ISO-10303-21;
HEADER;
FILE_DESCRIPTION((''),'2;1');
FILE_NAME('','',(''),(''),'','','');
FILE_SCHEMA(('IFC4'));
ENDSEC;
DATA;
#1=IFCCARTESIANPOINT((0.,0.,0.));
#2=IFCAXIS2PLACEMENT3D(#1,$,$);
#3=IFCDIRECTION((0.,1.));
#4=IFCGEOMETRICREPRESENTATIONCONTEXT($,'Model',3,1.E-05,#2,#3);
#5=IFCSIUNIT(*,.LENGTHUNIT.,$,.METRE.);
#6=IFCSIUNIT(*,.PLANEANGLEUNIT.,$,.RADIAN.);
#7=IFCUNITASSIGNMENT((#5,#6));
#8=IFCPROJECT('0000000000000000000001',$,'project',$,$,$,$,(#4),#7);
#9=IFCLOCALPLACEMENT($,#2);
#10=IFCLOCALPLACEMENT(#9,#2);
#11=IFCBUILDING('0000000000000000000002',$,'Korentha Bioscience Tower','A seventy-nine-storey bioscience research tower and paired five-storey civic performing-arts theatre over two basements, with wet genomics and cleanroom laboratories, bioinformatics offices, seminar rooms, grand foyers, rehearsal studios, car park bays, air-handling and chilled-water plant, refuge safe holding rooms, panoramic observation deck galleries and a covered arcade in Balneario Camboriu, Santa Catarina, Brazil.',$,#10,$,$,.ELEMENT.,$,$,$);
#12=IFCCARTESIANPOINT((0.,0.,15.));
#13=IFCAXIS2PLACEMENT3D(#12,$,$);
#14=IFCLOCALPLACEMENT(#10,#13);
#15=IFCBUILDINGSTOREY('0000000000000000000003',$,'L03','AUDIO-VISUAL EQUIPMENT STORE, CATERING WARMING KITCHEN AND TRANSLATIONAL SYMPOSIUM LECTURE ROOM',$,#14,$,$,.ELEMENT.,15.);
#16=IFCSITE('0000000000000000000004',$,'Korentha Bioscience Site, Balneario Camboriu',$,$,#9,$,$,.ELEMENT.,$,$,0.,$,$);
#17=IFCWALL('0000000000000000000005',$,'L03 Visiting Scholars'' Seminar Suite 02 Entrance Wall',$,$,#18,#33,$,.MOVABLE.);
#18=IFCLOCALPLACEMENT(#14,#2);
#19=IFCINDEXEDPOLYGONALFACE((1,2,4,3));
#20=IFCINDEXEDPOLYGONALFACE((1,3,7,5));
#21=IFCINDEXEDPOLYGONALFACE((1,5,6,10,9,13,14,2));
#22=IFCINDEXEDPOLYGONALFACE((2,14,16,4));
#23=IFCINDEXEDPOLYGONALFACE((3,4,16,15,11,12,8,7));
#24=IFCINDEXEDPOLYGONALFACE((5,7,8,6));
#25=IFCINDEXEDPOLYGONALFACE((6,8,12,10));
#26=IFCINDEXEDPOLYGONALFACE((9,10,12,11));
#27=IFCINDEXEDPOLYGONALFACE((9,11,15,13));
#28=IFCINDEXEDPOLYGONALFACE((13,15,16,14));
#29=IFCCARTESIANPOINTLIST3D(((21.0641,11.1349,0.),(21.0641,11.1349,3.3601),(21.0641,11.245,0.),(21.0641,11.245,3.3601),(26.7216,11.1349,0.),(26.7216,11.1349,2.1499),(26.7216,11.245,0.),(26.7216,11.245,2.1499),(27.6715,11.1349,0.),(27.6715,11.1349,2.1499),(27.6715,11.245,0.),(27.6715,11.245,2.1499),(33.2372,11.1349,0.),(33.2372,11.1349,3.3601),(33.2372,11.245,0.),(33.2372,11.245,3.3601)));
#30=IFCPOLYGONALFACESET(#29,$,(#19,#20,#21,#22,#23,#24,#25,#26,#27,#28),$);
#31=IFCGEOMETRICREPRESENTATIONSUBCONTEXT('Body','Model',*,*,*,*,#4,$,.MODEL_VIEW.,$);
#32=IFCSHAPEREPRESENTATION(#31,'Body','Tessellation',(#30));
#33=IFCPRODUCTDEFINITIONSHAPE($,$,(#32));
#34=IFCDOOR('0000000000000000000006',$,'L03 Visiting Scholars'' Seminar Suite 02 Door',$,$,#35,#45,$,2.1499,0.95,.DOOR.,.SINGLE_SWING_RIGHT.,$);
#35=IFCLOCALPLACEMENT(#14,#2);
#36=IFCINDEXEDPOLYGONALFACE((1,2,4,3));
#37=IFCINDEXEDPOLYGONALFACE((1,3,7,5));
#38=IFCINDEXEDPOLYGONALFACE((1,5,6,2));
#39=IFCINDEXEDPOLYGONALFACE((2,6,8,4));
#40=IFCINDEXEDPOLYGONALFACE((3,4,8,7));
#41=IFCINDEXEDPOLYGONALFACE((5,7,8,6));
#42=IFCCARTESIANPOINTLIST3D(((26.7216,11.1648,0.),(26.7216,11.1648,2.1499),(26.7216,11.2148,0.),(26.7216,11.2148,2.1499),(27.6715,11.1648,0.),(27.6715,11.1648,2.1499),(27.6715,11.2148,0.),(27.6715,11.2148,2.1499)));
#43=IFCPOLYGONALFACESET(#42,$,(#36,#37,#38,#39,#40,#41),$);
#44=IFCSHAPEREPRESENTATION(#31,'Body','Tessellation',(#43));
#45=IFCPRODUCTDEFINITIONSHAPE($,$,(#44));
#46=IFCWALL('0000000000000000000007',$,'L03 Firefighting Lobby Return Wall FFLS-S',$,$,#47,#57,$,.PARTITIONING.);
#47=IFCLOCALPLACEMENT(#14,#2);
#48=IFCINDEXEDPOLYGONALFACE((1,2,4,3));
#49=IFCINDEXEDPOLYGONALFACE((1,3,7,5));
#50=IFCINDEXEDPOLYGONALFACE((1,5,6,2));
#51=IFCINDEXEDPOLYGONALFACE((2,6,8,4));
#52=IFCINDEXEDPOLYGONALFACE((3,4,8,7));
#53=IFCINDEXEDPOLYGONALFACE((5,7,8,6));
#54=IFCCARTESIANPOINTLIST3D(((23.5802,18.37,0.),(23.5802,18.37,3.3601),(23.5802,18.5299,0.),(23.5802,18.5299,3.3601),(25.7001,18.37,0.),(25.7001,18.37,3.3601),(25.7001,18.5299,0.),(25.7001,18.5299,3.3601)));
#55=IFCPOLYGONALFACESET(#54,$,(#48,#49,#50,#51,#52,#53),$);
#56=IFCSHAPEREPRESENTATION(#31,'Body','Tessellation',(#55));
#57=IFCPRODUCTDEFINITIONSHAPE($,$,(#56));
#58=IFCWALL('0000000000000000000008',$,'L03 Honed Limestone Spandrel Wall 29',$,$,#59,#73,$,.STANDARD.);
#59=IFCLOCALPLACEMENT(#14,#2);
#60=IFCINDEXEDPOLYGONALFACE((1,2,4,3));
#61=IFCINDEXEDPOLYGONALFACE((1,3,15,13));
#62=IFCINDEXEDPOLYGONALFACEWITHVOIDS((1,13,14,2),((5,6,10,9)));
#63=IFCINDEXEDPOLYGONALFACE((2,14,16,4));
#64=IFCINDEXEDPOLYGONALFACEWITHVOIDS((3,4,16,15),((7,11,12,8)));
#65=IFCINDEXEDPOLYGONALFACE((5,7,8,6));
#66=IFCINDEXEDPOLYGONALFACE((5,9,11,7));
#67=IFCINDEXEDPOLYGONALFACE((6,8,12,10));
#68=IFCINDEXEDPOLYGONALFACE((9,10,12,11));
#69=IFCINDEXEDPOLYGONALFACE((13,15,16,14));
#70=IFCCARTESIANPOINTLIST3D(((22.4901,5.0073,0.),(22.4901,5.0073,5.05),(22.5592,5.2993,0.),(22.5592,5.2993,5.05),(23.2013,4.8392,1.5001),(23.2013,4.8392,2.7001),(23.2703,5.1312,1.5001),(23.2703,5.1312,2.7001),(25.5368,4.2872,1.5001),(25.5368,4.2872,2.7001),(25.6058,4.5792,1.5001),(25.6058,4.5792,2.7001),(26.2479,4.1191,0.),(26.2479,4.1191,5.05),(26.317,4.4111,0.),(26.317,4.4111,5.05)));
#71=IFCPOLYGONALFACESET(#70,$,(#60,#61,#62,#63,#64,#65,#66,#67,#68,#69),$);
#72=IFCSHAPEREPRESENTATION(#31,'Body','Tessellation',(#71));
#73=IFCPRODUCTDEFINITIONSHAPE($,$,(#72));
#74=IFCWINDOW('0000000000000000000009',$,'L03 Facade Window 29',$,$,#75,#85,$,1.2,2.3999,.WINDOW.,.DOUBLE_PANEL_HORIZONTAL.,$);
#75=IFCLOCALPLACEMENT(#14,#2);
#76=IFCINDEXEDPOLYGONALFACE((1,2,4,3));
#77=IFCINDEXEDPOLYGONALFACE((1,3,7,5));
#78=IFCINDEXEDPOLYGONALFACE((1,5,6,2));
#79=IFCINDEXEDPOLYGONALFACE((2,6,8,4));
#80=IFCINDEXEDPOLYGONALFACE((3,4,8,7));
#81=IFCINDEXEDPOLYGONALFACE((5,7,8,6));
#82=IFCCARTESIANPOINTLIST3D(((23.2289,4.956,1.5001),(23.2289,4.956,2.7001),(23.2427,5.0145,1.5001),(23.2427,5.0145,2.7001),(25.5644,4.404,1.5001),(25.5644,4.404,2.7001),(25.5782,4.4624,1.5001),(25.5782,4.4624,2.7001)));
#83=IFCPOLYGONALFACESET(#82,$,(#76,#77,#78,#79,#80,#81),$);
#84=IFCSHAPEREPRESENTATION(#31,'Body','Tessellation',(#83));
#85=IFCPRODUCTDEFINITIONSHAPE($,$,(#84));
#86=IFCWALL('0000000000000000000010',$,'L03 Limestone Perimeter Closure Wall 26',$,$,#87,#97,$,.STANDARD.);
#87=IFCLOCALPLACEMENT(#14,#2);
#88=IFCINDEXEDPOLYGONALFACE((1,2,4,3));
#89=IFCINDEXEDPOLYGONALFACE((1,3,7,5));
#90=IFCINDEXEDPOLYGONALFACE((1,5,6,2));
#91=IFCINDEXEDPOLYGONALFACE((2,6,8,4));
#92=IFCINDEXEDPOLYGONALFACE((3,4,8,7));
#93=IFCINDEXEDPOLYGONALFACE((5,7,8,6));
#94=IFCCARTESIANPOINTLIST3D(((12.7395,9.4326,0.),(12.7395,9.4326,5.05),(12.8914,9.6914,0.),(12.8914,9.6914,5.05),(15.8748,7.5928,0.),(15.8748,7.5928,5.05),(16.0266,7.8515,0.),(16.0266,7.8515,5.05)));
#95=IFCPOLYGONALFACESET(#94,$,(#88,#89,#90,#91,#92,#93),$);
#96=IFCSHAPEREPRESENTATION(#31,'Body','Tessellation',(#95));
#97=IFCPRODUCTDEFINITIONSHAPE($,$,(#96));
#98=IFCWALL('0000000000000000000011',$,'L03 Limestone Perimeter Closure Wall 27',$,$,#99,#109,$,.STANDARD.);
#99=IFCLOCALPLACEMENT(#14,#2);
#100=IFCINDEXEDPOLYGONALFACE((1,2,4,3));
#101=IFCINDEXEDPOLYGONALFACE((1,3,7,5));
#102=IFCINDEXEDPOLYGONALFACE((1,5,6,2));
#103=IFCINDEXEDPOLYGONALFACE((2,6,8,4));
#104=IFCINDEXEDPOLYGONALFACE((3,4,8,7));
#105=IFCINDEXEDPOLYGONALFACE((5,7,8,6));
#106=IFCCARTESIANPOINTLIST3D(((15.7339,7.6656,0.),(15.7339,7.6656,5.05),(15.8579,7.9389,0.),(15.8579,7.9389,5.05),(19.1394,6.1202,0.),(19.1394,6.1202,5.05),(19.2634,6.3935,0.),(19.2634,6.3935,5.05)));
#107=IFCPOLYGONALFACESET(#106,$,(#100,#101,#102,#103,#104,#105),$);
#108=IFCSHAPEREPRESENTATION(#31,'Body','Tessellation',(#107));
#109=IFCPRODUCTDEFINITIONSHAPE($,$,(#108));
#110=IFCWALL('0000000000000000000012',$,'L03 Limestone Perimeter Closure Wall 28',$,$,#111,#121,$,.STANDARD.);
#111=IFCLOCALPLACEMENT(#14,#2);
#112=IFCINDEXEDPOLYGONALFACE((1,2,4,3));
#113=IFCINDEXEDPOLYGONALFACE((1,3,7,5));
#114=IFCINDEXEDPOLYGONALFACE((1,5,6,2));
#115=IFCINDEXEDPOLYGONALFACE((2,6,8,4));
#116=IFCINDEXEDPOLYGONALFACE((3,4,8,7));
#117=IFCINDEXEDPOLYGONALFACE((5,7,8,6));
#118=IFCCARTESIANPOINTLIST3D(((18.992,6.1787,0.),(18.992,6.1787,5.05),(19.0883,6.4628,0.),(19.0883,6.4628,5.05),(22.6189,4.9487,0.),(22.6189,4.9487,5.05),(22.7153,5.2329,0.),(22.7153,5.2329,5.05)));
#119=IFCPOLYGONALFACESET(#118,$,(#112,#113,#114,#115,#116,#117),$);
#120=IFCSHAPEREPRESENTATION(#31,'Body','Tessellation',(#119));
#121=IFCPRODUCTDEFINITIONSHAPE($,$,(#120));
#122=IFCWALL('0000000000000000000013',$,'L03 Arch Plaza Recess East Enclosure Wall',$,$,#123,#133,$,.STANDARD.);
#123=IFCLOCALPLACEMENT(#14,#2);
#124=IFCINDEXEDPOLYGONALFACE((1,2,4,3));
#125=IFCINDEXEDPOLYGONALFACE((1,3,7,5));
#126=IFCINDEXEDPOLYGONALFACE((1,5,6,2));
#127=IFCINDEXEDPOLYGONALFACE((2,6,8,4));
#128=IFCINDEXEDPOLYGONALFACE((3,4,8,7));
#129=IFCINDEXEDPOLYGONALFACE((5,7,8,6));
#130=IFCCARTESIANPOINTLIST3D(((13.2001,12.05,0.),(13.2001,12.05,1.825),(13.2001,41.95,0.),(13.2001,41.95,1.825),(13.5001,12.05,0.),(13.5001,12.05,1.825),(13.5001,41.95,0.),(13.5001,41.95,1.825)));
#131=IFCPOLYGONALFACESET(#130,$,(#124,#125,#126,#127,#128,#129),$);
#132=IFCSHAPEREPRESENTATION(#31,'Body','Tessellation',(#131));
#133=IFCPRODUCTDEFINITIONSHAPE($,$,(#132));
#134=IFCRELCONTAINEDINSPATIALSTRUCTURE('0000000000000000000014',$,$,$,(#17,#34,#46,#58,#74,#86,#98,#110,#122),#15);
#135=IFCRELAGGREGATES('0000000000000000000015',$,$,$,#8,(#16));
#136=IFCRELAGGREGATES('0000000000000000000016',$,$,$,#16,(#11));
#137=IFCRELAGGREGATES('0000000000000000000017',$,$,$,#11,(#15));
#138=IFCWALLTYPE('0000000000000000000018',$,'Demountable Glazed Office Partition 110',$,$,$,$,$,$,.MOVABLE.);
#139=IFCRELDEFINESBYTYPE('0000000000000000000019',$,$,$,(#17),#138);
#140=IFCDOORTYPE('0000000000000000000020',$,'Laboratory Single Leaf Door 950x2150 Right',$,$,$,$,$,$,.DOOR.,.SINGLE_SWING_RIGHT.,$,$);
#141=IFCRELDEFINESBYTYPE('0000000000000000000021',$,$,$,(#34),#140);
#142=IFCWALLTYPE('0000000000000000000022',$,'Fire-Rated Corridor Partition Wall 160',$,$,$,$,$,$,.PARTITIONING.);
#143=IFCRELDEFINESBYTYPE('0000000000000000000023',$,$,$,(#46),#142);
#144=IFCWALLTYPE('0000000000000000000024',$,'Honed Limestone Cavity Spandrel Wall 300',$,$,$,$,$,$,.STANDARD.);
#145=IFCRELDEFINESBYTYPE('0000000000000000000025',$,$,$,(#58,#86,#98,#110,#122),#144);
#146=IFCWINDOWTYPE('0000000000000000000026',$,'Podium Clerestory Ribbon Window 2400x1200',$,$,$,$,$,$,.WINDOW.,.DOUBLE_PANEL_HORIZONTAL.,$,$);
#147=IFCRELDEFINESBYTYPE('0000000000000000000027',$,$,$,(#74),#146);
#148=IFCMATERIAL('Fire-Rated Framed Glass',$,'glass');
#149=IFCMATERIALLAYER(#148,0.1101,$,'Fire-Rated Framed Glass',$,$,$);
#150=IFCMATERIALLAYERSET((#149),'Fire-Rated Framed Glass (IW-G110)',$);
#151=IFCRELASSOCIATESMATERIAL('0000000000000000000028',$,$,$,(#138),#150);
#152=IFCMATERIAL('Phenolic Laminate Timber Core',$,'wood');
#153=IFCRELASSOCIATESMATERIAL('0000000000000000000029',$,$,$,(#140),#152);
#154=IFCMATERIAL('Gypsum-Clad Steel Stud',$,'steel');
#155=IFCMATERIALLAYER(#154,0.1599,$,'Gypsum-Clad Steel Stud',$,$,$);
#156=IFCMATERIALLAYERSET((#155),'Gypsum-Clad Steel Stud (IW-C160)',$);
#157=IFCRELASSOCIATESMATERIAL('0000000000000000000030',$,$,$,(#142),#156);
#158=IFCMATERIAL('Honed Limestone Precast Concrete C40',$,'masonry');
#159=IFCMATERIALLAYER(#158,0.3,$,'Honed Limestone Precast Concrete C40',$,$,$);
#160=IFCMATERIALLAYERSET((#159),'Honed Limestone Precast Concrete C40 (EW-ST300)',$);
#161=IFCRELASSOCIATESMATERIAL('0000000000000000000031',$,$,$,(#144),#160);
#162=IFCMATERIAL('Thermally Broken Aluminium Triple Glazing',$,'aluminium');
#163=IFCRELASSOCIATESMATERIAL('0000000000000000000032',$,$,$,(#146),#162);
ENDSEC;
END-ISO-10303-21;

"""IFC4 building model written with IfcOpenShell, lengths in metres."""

from ifc_helpers import new_model, si_unit, direction, frame, frame_2d, origin, place, context, subcontext, project, spatial, rectangle, extrude, material, layer, layer_set, type_object, element, fill, save


model = new_model("IFC4")

# Units and contexts
model_context = context("Model", 3, precision=1e-05, world=origin(), true_north=direction((0.0, 1.0)))
body_context = subcontext(model_context, "Body", "Model", "MODEL_VIEW")
ifc_project = project(units=[si_unit("LENGTHUNIT", "METRE"), si_unit("PLANEANGLEUNIT", "RADIAN")], contexts=[model_context])

# Site, building, storey
site_placement = place(None, origin())
site = spatial("IfcSite", under=ifc_project, at=site_placement, Name="Korentha Bioscience Site, Balneario Camboriu", CompositionType="ELEMENT", RefElevation=0.0)
building_placement = place(site_placement, origin())
building = spatial("IfcBuilding", under=site, at=building_placement, Name="Korentha Bioscience Tower", Description="A seventy-nine-storey bioscience research tower and paired five-storey civic performing-arts theatre over two basements, with wet genomics and cleanroom laboratories, bioinformatics offices, seminar rooms, grand foyers, rehearsal studios, car park bays, air-handling and chilled-water plant, refuge safe holding rooms, panoramic observation deck galleries and a covered arcade in Balneario Camboriu, Santa Catarina, Brazil.", CompositionType="ELEMENT")
storey_placement = place(building_placement, frame((0.0, 0.0, 15.0)))
storey = spatial("IfcBuildingStorey", under=building, at=storey_placement, Name="L03", Description="AUDIO-VISUAL EQUIPMENT STORE, CATERING WARMING KITCHEN AND TRANSLATIONAL SYMPOSIUM LECTURE ROOM", CompositionType="ELEMENT", Elevation=15.0)

# Shared definitions
ifc_material_1 = material(Name="Phenolic Laminate Timber Core", Category="wood")

# Wall, opening, door
ifc_material_2 = material(Name="Fire-Rated Framed Glass", Category="glass")
ifc_layer_1 = layer(ifc_material_2, 0.1101, Name="Fire-Rated Framed Glass")
ifc_layer_set_1 = layer_set([ifc_layer_1], Name="Fire-Rated Framed Glass (IW-G110)")
wall_type_1 = type_object("IfcWallType", Name="Demountable Glazed Office Partition 110", PredefinedType="MOVABLE", material=ifc_layer_set_1)
wall_1_placement = place(storey_placement, frame((21.0642, 11.1899, 0.0), z_axis=(0.0, 0.0, 1.0), x_axis=(1.0, 0.0, 0.0)))
wall_1 = element("IfcWall", 1, at=wall_1_placement, inside=storey, type_object=wall_type_1, Name="L03 Visiting Scholars' Seminar Suite 02 Entrance Wall", PredefinedType="MOVABLE", context=body_context, shape_type="SweptSolid", body=[
    extrude(rectangle(XDim=12.1731, YDim=0.1101, at=frame_2d((6.0864, 0.0))), origin(), (0.0, 0.0, 1.0), 3.3601),
])
opening_1_placement = place(wall_1_placement, frame((5.6572, 0.0, 0.0)))
opening_1 = element("IfcOpeningElement", 2, at=opening_1_placement, cuts=wall_1, PredefinedType="OPENING", context=body_context, shape_type="SweptSolid", body=[
    extrude(rectangle(XDim=0.95, YDim=2.1499, at=frame_2d((0.4751, 1.075))), frame((0.0, 0.0698, 0.0), z_axis=(0.0, -1.0, 0.0), x_axis=(1.0, 0.0, 0.0)), (0.0, 0.0, 1.0), 0.1399),
])
door_type_1 = type_object("IfcDoorType", Name="Laboratory Single Leaf Door 950x2150 Right", OperationType="SINGLE_SWING_RIGHT", PredefinedType="DOOR", material=ifc_material_1)
door_1_placement = place(opening_1_placement, origin())
door_1 = element("IfcDoor", 3, at=door_1_placement, inside=storey, type_object=door_type_1, Name="L03 Visiting Scholars' Seminar Suite 02 Door", OperationType="SINGLE_SWING_RIGHT", OverallHeight=2.1499, OverallWidth=0.95, PredefinedType="DOOR", context=body_context, shape_type="SweptSolid", body=[
    extrude(rectangle(XDim=0.95, YDim=2.1499, at=frame_2d((0.4751, 1.075))), frame((0.0, 0.0249, 0.0), z_axis=(0.0, -1.0, 0.0), x_axis=(1.0, 0.0, 0.0)), (0.0, 0.0, 1.0), 0.05),
])
fill(opening_1, door_1)
ifc_material_3 = material(Name="Gypsum-Clad Steel Stud", Category="steel")
ifc_layer_2 = layer(ifc_material_3, 0.1599, Name="Gypsum-Clad Steel Stud")
ifc_layer_set_2 = layer_set([ifc_layer_2], Name="Gypsum-Clad Steel Stud (IW-C160)")
wall_type_2 = type_object("IfcWallType", Name="Fire-Rated Corridor Partition Wall 160", PredefinedType="PARTITIONING", material=ifc_layer_set_2)

# Wall
wall_2_placement = place(storey_placement, frame((23.5801, 18.45, 0.0), z_axis=(0.0, 0.0, 1.0), x_axis=(1.0, 0.0, 0.0)))
element("IfcWall", 4, at=wall_2_placement, inside=storey, type_object=wall_type_2, Name="L03 Firefighting Lobby Return Wall FFLS-S", PredefinedType="PARTITIONING", context=body_context, shape_type="SweptSolid", body=[
    extrude(rectangle(XDim=2.1199, YDim=0.1599, at=frame_2d((1.0601, 0.0))), origin(), (0.0, 0.0, 1.0), 3.3601),
])

# Wall, opening, window
ifc_material_4 = material(Name="Honed Limestone Precast Concrete C40", Category="masonry")
ifc_layer_3 = layer(ifc_material_4, 0.3, Name="Honed Limestone Precast Concrete C40")
ifc_layer_set_3 = layer_set([ifc_layer_3], Name="Honed Limestone Precast Concrete C40 (EW-ST300)")
wall_type_3 = type_object("IfcWallType", Name="Honed Limestone Cavity Spandrel Wall 300", PredefinedType="STANDARD", material=ifc_layer_set_3)
wall_3_placement = place(storey_placement, frame((22.5247, 5.1533, 0.0), z_axis=(0.0, 0.0, 1.0), x_axis=(0.973186, -0.230019, 0.0)))
wall_3 = element("IfcWall", 5, at=wall_3_placement, inside=storey, type_object=wall_type_3, Name="L03 Honed Limestone Spandrel Wall 29", PredefinedType="STANDARD", context=body_context, shape_type="SweptSolid", body=[
    extrude(rectangle(XDim=3.8613, YDim=0.3, at=frame_2d((1.9307, 0.0))), origin(), (0.0, 0.0, 1.0), 5.05),
])
opening_2_placement = place(wall_3_placement, frame((0.7307, 0.0, 1.5)))
opening_2 = element("IfcOpeningElement", 6, at=opening_2_placement, cuts=wall_3, PredefinedType="OPENING", context=body_context, shape_type="SweptSolid", body=[
    extrude(rectangle(XDim=2.3999, YDim=1.2, at=frame_2d((1.2, 0.6001))), frame((0.0, 0.165, 0.0), z_axis=(0.0, -1.0, 0.0), x_axis=(1.0, 0.0, 0.0)), (0.0, 0.0, 1.0), 0.3298),
])
ifc_material_5 = material(Name="Thermally Broken Aluminium Triple Glazing", Category="aluminium")
window_type = type_object("IfcWindowType", Name="Podium Clerestory Ribbon Window 2400x1200", PartitioningType="DOUBLE_PANEL_HORIZONTAL", PredefinedType="WINDOW", material=ifc_material_5)
window_placement = place(opening_2_placement, origin())
window = element("IfcWindow", 7, at=window_placement, inside=storey, type_object=window_type, Name="L03 Facade Window 29", OverallHeight=1.2, OverallWidth=2.3999, PartitioningType="DOUBLE_PANEL_HORIZONTAL", PredefinedType="WINDOW", context=body_context, shape_type="SweptSolid", body=[
    extrude(rectangle(XDim=2.3999, YDim=1.2, at=frame_2d((1.2, 0.6001))), frame((0.0, 0.03, 0.0), z_axis=(0.0, -1.0, 0.0), x_axis=(1.0, 0.0, 0.0)), (0.0, 0.0, 1.0), 0.0601),
])
fill(opening_2, window)

# Walls
wall_4_placement = place(storey_placement, frame((12.8154, 9.562, 0.0), z_axis=(0.0, 0.0, 1.0), x_axis=(0.862465, -0.506116, 0.0)))
element("IfcWall", 8, at=wall_4_placement, inside=storey, type_object=wall_type_3, Name="L03 Limestone Perimeter Closure Wall 26", PredefinedType="STANDARD", context=body_context, shape_type="SweptSolid", body=[
    extrude(rectangle(XDim=3.6353, YDim=0.3, at=frame_2d((1.8176, 0.0))), origin(), (0.0, 0.0, 1.0), 5.05),
])
wall_5_placement = place(storey_placement, frame((15.7959, 7.8022, 0.0), z_axis=(0.0, 0.0, 1.0), x_axis=(0.910623, -0.413237, 0.0)))
element("IfcWall", 9, at=wall_5_placement, inside=storey, type_object=wall_type_3, Name="L03 Limestone Perimeter Closure Wall 27", PredefinedType="STANDARD", context=body_context, shape_type="SweptSolid", body=[
    extrude(rectangle(XDim=3.7397, YDim=0.3, at=frame_2d((1.8699, 0.0))), origin(), (0.0, 0.0, 1.0), 5.05),
])
wall_6_placement = place(storey_placement, frame((19.04, 6.3208, 0.0), z_axis=(0.0, 0.0, 1.0), x_axis=(0.947026, -0.321158, 0.0)))
element("IfcWall", 10, at=wall_6_placement, inside=storey, type_object=wall_type_3, Name="L03 Limestone Perimeter Closure Wall 28", PredefinedType="STANDARD", context=body_context, shape_type="SweptSolid", body=[
    extrude(rectangle(XDim=3.8298, YDim=0.3, at=frame_2d((1.915, 0.0))), origin(), (0.0, 0.0, 1.0), 5.05),
])
wall_7_placement = place(storey_placement, frame((13.3501, 12.05, 0.0), z_axis=(0.0, 0.0, 1.0), x_axis=(0.0, 1.0, 0.0)))
element("IfcWall", 11, at=wall_7_placement, inside=storey, type_object=wall_type_3, Name="L03 Arch Plaza Recess East Enclosure Wall", PredefinedType="STANDARD", context=body_context, shape_type="SweptSolid", body=[
    extrude(rectangle(XDim=29.8999, YDim=0.3, at=frame_2d((14.95, 0.0))), origin(), (0.0, 0.0, 1.0), 1.825),
])

save(model, "model.ifc")
